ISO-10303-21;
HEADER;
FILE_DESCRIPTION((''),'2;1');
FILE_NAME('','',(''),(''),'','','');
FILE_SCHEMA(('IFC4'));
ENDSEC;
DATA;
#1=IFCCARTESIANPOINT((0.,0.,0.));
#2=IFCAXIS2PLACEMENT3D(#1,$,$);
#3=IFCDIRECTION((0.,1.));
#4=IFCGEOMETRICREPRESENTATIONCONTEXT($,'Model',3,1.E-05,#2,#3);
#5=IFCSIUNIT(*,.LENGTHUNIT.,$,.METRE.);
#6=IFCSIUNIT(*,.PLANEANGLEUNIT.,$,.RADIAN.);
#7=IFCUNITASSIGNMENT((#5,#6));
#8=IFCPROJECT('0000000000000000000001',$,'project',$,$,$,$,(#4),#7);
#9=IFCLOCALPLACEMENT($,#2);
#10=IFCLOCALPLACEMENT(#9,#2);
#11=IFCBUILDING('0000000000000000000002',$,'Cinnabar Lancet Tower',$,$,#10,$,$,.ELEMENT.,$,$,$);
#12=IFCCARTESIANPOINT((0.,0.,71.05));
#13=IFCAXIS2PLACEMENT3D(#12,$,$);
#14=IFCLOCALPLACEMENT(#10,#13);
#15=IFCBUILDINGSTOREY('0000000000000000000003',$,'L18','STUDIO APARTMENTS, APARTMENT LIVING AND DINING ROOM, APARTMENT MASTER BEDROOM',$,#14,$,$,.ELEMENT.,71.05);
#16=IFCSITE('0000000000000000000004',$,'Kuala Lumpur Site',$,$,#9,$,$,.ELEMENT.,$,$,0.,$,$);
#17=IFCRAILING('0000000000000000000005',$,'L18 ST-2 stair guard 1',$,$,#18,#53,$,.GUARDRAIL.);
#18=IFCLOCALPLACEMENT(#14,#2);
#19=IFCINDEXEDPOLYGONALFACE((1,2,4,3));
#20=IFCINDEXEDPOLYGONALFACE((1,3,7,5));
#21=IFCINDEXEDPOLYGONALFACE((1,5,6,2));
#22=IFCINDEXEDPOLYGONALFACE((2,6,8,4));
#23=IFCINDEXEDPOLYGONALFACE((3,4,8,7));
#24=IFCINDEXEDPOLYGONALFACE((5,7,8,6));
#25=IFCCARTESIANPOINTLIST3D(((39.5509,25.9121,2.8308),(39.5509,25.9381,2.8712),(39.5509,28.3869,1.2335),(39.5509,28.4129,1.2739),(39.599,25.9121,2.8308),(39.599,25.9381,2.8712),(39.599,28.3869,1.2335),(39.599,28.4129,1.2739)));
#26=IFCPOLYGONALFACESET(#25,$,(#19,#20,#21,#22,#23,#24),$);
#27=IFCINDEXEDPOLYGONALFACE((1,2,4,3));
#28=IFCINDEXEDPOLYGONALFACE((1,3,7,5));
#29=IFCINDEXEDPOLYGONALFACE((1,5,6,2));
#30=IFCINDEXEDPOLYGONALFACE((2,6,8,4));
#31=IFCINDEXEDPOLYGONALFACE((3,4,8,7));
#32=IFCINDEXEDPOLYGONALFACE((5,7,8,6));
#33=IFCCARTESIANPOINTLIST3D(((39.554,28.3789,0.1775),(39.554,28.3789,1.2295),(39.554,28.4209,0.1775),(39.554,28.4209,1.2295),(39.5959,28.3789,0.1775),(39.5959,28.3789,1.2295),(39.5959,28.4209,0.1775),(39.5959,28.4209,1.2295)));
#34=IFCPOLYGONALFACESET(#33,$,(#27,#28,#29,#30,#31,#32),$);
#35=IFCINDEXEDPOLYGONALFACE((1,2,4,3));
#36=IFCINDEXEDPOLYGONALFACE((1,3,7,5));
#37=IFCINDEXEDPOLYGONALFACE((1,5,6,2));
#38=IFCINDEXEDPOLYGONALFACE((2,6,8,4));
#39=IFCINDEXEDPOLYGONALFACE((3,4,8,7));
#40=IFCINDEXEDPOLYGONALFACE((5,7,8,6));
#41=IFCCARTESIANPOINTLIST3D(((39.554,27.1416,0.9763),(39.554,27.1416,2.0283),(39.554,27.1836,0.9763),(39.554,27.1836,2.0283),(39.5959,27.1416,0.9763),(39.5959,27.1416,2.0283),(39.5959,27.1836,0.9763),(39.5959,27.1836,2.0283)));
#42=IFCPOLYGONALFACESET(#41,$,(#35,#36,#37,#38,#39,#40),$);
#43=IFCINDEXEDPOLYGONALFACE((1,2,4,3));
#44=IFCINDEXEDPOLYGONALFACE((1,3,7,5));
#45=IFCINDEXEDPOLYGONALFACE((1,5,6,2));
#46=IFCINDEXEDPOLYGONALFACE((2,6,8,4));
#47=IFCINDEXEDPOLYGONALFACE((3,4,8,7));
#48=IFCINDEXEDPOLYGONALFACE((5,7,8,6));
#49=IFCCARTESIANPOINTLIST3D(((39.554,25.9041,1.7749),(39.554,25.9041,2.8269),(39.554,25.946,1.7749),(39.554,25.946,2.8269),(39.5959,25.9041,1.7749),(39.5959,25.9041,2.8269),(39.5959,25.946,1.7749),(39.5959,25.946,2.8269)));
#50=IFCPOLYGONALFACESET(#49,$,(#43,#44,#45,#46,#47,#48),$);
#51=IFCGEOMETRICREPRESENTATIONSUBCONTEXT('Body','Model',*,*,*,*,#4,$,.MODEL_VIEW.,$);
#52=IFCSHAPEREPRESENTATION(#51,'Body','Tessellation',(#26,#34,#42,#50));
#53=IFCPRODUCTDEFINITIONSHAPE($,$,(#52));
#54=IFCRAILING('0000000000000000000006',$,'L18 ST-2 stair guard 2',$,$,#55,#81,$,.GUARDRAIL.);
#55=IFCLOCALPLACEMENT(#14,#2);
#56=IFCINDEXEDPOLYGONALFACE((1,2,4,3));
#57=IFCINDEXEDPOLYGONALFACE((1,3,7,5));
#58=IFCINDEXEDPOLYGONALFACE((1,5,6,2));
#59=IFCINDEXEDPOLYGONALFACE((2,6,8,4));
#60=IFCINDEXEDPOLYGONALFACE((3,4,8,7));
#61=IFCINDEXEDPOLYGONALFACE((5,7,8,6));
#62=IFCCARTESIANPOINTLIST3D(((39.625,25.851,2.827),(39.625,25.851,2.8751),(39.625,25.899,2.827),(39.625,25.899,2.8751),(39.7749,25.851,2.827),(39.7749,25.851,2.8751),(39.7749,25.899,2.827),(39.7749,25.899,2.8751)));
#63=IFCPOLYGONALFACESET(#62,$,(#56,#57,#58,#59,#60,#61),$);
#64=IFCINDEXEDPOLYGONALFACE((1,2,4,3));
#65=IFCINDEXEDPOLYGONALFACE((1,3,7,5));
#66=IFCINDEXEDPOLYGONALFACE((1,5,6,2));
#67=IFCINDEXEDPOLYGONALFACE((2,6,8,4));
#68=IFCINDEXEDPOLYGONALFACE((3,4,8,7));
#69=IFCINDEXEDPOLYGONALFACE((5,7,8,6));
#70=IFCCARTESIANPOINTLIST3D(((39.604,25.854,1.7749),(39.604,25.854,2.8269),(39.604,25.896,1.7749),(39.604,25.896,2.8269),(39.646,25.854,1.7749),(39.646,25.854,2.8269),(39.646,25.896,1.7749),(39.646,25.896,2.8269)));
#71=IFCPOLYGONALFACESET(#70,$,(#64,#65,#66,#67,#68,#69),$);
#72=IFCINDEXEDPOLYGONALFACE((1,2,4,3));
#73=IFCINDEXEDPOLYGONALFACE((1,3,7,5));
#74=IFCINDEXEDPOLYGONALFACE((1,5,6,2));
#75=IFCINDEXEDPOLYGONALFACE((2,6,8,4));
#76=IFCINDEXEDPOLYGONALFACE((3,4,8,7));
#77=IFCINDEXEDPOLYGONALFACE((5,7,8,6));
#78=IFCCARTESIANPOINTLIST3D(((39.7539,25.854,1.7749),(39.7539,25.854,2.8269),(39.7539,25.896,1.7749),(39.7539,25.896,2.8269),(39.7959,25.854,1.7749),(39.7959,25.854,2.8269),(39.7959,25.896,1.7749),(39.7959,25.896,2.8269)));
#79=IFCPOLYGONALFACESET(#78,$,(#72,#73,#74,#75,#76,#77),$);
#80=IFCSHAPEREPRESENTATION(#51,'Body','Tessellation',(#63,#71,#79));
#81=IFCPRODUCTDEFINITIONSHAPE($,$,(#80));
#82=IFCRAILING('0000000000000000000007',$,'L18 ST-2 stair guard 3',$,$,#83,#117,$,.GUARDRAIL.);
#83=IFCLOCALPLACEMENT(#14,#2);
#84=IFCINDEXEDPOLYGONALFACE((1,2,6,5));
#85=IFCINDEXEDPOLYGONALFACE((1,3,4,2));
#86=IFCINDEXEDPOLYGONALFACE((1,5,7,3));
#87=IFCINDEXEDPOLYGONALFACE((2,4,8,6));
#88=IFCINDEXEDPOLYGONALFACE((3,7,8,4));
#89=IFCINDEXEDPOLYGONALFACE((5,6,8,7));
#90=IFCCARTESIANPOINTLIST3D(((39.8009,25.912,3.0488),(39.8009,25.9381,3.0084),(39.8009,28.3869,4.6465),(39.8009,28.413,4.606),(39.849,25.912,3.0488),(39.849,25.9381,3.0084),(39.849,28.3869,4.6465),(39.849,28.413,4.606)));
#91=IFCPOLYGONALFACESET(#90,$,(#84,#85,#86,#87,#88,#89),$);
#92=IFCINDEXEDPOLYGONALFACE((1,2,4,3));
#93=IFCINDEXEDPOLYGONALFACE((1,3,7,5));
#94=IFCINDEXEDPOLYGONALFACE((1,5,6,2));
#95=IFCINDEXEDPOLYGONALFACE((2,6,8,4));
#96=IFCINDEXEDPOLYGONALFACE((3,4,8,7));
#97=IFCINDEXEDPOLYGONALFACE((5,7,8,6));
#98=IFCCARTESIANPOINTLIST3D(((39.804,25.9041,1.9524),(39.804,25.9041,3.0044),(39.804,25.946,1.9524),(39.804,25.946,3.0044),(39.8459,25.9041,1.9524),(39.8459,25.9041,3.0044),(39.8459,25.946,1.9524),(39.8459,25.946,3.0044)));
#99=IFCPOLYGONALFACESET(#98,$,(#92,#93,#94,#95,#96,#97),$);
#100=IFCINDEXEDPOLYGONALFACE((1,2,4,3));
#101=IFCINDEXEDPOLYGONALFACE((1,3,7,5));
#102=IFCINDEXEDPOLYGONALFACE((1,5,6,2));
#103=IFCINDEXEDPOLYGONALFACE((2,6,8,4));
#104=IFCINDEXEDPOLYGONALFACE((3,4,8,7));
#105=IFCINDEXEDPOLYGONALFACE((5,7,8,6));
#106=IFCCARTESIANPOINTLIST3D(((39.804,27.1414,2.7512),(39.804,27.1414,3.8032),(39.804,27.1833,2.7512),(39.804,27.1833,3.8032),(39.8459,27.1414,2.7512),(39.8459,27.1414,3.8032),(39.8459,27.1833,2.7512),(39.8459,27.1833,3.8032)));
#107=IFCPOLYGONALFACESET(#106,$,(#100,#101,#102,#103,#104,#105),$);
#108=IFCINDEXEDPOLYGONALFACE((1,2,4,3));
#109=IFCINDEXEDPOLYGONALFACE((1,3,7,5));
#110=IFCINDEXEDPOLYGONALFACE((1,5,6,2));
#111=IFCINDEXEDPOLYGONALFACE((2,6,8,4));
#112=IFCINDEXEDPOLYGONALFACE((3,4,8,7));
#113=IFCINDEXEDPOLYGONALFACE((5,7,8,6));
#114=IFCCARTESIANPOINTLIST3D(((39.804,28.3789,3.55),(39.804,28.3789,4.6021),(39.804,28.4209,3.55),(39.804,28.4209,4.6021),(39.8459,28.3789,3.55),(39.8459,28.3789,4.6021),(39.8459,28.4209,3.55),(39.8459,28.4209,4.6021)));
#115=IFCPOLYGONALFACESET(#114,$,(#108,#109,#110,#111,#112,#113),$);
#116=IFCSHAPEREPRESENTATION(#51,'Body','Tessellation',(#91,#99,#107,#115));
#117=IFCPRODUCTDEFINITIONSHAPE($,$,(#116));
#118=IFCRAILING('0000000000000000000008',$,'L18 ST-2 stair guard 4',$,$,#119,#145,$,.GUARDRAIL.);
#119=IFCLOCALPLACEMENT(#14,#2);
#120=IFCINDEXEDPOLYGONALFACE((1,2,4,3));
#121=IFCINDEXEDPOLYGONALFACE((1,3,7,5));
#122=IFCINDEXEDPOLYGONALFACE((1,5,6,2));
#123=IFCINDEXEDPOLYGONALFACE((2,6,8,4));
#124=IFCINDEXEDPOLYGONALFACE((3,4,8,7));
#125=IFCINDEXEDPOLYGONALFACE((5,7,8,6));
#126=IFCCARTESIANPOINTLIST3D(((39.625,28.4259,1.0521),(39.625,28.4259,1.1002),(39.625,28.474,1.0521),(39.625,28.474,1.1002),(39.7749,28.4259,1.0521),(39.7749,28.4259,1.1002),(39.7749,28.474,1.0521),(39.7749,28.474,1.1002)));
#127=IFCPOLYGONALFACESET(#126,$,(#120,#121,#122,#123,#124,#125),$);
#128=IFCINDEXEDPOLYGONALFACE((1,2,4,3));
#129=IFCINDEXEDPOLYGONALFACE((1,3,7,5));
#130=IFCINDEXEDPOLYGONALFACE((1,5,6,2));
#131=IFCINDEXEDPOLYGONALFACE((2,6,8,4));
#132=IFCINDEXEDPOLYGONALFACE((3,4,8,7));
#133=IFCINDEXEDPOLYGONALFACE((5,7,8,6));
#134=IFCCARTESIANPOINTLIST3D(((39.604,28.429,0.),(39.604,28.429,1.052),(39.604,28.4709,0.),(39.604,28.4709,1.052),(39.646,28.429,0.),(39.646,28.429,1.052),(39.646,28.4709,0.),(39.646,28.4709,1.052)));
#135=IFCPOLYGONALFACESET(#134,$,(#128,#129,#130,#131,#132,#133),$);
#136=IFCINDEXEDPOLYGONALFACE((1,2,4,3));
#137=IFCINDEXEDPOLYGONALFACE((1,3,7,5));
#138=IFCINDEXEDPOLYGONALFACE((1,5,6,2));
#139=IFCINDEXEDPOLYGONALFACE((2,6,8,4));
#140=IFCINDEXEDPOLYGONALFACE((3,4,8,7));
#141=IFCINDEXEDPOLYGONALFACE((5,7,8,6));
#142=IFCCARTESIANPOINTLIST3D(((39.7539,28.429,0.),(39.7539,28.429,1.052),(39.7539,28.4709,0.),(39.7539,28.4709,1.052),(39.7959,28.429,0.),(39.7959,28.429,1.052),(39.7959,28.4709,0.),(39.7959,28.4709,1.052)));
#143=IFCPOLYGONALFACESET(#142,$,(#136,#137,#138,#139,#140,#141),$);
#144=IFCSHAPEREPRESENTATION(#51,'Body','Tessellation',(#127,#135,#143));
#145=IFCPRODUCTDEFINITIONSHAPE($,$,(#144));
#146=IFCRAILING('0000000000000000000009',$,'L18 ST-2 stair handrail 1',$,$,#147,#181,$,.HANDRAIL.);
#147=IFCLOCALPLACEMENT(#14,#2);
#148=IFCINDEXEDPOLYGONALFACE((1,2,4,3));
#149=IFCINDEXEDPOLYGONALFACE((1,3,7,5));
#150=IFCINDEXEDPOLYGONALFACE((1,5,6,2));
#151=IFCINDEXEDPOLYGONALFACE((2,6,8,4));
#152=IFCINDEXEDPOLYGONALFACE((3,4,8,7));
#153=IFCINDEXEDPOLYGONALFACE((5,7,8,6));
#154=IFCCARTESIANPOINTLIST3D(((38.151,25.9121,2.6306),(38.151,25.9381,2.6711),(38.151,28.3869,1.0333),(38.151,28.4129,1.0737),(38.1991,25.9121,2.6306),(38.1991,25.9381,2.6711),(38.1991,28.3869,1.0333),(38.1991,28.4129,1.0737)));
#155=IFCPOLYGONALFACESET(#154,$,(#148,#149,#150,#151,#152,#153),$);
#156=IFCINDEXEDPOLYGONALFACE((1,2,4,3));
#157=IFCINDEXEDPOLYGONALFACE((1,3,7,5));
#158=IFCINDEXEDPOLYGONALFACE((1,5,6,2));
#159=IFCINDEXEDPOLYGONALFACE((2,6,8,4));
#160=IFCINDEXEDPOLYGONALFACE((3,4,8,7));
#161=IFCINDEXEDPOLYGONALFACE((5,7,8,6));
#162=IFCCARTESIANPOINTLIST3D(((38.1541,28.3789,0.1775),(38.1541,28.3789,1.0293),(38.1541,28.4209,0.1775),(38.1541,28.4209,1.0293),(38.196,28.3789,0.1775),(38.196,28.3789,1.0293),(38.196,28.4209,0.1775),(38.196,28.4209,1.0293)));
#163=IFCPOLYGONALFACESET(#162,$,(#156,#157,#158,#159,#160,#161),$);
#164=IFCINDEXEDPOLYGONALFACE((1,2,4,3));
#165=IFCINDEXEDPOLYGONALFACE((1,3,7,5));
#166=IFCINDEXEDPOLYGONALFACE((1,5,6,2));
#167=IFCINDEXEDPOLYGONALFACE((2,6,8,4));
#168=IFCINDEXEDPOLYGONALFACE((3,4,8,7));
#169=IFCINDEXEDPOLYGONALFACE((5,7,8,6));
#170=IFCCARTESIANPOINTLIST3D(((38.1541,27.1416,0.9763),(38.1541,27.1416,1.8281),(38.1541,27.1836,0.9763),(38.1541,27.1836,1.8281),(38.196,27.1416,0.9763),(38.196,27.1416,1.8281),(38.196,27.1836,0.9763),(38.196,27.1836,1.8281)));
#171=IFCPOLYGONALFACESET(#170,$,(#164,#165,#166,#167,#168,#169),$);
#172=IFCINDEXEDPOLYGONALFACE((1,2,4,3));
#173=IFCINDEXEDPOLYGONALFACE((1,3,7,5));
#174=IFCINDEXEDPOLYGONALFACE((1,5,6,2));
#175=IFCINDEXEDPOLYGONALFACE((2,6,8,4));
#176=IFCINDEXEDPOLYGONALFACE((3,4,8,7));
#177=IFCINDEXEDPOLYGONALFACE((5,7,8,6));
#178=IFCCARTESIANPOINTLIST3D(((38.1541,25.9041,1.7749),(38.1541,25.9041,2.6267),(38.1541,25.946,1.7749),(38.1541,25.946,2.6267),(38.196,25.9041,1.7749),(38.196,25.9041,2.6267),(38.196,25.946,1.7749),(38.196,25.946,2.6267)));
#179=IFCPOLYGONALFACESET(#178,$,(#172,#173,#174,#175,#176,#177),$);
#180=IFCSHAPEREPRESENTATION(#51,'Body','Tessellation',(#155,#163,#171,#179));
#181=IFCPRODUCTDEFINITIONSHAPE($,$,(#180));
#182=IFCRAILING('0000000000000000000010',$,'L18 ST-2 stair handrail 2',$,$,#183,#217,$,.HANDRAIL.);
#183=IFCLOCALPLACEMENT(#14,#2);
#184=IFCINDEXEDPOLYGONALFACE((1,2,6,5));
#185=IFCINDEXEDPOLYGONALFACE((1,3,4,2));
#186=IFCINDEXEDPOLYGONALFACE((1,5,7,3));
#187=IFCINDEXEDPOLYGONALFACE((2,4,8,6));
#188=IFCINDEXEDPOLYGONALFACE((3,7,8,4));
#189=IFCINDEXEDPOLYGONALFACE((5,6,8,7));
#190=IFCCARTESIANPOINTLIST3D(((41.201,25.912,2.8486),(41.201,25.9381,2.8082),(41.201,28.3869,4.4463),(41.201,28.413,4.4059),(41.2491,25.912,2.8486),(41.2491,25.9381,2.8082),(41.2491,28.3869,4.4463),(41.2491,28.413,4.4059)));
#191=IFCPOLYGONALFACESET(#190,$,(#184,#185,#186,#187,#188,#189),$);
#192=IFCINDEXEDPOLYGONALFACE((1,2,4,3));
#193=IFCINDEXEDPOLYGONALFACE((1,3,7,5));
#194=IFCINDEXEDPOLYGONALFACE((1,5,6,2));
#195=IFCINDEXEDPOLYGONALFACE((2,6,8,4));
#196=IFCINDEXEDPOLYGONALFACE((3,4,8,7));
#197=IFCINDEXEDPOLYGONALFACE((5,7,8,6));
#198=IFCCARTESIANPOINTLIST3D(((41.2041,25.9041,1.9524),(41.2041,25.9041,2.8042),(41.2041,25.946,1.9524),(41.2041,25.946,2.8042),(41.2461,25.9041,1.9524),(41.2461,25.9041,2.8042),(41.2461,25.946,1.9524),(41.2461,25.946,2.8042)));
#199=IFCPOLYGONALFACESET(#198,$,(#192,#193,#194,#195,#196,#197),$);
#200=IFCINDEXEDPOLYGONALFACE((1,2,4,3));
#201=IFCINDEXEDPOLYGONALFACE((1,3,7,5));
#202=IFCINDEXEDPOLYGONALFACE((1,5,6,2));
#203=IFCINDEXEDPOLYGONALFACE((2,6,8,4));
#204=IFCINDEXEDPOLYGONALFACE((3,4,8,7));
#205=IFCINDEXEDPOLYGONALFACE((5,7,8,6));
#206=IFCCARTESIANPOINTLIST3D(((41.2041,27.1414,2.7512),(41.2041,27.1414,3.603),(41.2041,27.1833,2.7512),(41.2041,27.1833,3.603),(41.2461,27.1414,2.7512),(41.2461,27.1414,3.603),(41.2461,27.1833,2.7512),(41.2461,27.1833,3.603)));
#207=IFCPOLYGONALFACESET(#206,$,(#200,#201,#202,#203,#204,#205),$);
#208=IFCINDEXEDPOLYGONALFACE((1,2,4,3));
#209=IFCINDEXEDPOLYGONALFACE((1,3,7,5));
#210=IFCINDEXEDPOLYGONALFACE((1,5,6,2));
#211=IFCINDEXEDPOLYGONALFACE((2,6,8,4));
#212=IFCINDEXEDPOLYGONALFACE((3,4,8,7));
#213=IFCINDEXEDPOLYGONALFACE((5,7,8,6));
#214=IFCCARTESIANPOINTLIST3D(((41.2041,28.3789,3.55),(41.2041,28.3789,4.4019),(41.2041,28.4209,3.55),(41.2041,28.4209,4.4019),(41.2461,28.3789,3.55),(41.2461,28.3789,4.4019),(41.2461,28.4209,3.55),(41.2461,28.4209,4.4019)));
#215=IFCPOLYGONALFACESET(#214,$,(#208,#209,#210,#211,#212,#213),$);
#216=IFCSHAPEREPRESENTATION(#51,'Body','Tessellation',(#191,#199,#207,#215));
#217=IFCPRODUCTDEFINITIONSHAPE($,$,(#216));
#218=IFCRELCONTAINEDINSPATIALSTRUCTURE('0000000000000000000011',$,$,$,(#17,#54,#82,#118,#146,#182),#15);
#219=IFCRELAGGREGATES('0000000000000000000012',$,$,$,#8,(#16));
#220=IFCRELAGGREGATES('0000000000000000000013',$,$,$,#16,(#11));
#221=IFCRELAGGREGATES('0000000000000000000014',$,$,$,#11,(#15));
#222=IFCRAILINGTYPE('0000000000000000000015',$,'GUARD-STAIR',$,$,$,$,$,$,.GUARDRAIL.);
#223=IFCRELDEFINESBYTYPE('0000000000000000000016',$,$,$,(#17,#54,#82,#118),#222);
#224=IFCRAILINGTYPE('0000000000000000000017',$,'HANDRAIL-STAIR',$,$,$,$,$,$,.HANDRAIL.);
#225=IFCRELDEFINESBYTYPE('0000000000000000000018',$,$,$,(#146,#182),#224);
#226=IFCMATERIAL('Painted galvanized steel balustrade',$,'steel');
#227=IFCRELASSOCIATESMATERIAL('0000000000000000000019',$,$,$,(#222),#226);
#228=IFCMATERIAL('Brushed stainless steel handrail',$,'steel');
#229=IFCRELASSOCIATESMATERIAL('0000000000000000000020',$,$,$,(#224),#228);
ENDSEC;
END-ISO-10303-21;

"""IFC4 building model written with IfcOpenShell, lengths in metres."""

from ifc_helpers import new_model, si_unit, direction, frame, origin, origin_2d, place, context, subcontext, project, spatial, rectangle, extrude, material, type_object, element, save


model = new_model("IFC4")

# Units and contexts
model_context = context("Model", 3, precision=1e-05, world=origin(), true_north=direction((0.0, 1.0)))
body_context = subcontext(model_context, "Body", "Model", "MODEL_VIEW")
ifc_project = project(units=[si_unit("LENGTHUNIT", "METRE"), si_unit("PLANEANGLEUNIT", "RADIAN")], contexts=[model_context])

# Site, building, storey
site_placement = place(None, origin())
site = spatial("IfcSite", under=ifc_project, at=site_placement, Name="Kuala Lumpur Site", CompositionType="ELEMENT", RefElevation=0.0)
building_placement = place(site_placement, origin())
building = spatial("IfcBuilding", under=site, at=building_placement, Name="Cinnabar Lancet Tower", CompositionType="ELEMENT")
storey_placement = place(building_placement, frame((0.0, 0.0, 71.05)))
storey = spatial("IfcBuildingStorey", under=building, at=storey_placement, Name="L18", Description="STUDIO APARTMENTS, APARTMENT LIVING AND DINING ROOM, APARTMENT MASTER BEDROOM", CompositionType="ELEMENT", Elevation=71.05)

# Railings
ifc_material_1 = material(Name="Painted galvanized steel balustrade", Category="steel")
railing_type_1 = type_object("IfcRailingType", Name="GUARD-STAIR", PredefinedType="GUARDRAIL", material=ifc_material_1)
railing_1_placement = place(storey_placement, frame((39.575, 28.3999, 0.1775)))
element("IfcRailing", 1, at=railing_1_placement, inside=storey, type_object=railing_type_1, Name="L18 ST-2 stair guard 1", PredefinedType="GUARDRAIL", context=body_context, shape_type="SweptSolid", body=[
    extrude(rectangle(XDim=0.0481, YDim=0.0481, at=origin_2d()), frame((0.0, 0.0, 1.0762), z_axis=(0.0, -0.840183, 0.542302), x_axis=(1.0, 0.0, 0.0)), (0.0, 0.0, 1.0), 2.9456),
    extrude(rectangle(XDim=0.042, YDim=0.042, at=origin_2d()), origin(), (0.0, 0.0, 1.0), 1.052),
    extrude(rectangle(XDim=0.042, YDim=0.042, at=origin_2d()), frame((0.0, -1.2373, 0.7988)), (0.0, 0.0, 1.0), 1.052),
    extrude(rectangle(XDim=0.042, YDim=0.042, at=origin_2d()), frame((0.0, -2.4749, 1.5974)), (0.0, 0.0, 1.0), 1.052),
])
railing_2_placement = place(storey_placement, frame((39.625, 25.875, 1.7749)))
element("IfcRailing", 2, at=railing_2_placement, inside=storey, type_object=railing_type_1, Name="L18 ST-2 stair guard 2", PredefinedType="GUARDRAIL", context=body_context, shape_type="SweptSolid", body=[
    extrude(rectangle(XDim=0.0481, YDim=0.0481, at=origin_2d()), frame((0.0, 0.0, 1.0762), z_axis=(1.0, 0.0, 0.0), x_axis=(0.0, 1.0, 0.0)), (0.0, 0.0, 1.0), 0.1499),
    extrude(rectangle(XDim=0.042, YDim=0.042, at=origin_2d()), origin(), (0.0, 0.0, 1.0), 1.052),
    extrude(rectangle(XDim=0.042, YDim=0.042, at=origin_2d()), frame((0.1499, 0.0, 0.0)), (0.0, 0.0, 1.0), 1.052),
])
railing_3_placement = place(storey_placement, frame((39.825, 25.925, 1.9524)))
element("IfcRailing", 3, at=railing_3_placement, inside=storey, type_object=railing_type_1, Name="L18 ST-2 stair guard 3", PredefinedType="GUARDRAIL", context=body_context, shape_type="SweptSolid", body=[
    extrude(rectangle(XDim=0.0481, YDim=0.0481, at=origin_2d()), frame((0.0, 0.0, 1.0762), z_axis=(0.0, 0.840146, 0.542361), x_axis=(-1.0, 0.0, 0.0)), (0.0, 0.0, 1.0), 2.9458),
    extrude(rectangle(XDim=0.042, YDim=0.042, at=origin_2d()), origin(), (0.0, 0.0, 1.0), 1.052),
    extrude(rectangle(XDim=0.042, YDim=0.042, at=origin_2d()), frame((0.0, 1.2373, 0.7988)), (0.0, 0.0, 1.0), 1.052),
    extrude(rectangle(XDim=0.042, YDim=0.042, at=origin_2d()), frame((0.0, 2.4749, 1.5977)), (0.0, 0.0, 1.0), 1.052),
])
railing_4_placement = place(storey_placement, frame((39.625, 28.45, 0.0)))
element("IfcRailing", 4, at=railing_4_placement, inside=storey, type_object=railing_type_1, Name="L18 ST-2 stair guard 4", PredefinedType="GUARDRAIL", context=body_context, shape_type="SweptSolid", body=[
    extrude(rectangle(XDim=0.0481, YDim=0.0481, at=origin_2d()), frame((0.0, 0.0, 1.0762), z_axis=(1.0, 0.0, 0.0), x_axis=(0.0, 1.0, 0.0)), (0.0, 0.0, 1.0), 0.1499),
    extrude(rectangle(XDim=0.042, YDim=0.042, at=origin_2d()), origin(), (0.0, 0.0, 1.0), 1.052),
    extrude(rectangle(XDim=0.042, YDim=0.042, at=origin_2d()), frame((0.1499, 0.0, 0.0)), (0.0, 0.0, 1.0), 1.052),
])
ifc_material_2 = material(Name="Brushed stainless steel handrail", Category="steel")
railing_type_2 = type_object("IfcRailingType", Name="HANDRAIL-STAIR", PredefinedType="HANDRAIL", material=ifc_material_2)
railing_5_placement = place(storey_placement, frame((38.175, 28.3999, 0.1775)))
element("IfcRailing", 5, at=railing_5_placement, inside=storey, type_object=railing_type_2, Name="L18 ST-2 stair handrail 1", PredefinedType="HANDRAIL", context=body_context, shape_type="SweptSolid", body=[
    extrude(rectangle(XDim=0.0481, YDim=0.0481, at=origin_2d()), frame((0.0, 0.0, 0.876), z_axis=(0.0, -0.840183, 0.542302), x_axis=(1.0, 0.0, 0.0)), (0.0, 0.0, 1.0), 2.9456),
    extrude(rectangle(XDim=0.042, YDim=0.042, at=origin_2d()), origin(), (0.0, 0.0, 1.0), 0.8518),
    extrude(rectangle(XDim=0.042, YDim=0.042, at=origin_2d()), frame((0.0, -1.2373, 0.7988)), (0.0, 0.0, 1.0), 0.8518),
    extrude(rectangle(XDim=0.042, YDim=0.042, at=origin_2d()), frame((0.0, -2.4749, 1.5974)), (0.0, 0.0, 1.0), 0.8518),
])
railing_6_placement = place(storey_placement, frame((41.2251, 25.925, 1.9524)))
element("IfcRailing", 6, at=railing_6_placement, inside=storey, type_object=railing_type_2, Name="L18 ST-2 stair handrail 2", PredefinedType="HANDRAIL", context=body_context, shape_type="SweptSolid", body=[
    extrude(rectangle(XDim=0.0481, YDim=0.0481, at=origin_2d()), frame((0.0, 0.0, 0.876), z_axis=(0.0, 0.840146, 0.542361), x_axis=(-1.0, 0.0, 0.0)), (0.0, 0.0, 1.0), 2.9458),
    extrude(rectangle(XDim=0.042, YDim=0.042, at=origin_2d()), origin(), (0.0, 0.0, 1.0), 0.8518),
    extrude(rectangle(XDim=0.042, YDim=0.042, at=origin_2d()), frame((0.0, 1.2373, 0.7988)), (0.0, 0.0, 1.0), 0.8518),
    extrude(rectangle(XDim=0.042, YDim=0.042, at=origin_2d()), frame((0.0, 2.4749, 1.5977)), (0.0, 0.0, 1.0), 0.8518),
])

save(model, "model.ifc")
